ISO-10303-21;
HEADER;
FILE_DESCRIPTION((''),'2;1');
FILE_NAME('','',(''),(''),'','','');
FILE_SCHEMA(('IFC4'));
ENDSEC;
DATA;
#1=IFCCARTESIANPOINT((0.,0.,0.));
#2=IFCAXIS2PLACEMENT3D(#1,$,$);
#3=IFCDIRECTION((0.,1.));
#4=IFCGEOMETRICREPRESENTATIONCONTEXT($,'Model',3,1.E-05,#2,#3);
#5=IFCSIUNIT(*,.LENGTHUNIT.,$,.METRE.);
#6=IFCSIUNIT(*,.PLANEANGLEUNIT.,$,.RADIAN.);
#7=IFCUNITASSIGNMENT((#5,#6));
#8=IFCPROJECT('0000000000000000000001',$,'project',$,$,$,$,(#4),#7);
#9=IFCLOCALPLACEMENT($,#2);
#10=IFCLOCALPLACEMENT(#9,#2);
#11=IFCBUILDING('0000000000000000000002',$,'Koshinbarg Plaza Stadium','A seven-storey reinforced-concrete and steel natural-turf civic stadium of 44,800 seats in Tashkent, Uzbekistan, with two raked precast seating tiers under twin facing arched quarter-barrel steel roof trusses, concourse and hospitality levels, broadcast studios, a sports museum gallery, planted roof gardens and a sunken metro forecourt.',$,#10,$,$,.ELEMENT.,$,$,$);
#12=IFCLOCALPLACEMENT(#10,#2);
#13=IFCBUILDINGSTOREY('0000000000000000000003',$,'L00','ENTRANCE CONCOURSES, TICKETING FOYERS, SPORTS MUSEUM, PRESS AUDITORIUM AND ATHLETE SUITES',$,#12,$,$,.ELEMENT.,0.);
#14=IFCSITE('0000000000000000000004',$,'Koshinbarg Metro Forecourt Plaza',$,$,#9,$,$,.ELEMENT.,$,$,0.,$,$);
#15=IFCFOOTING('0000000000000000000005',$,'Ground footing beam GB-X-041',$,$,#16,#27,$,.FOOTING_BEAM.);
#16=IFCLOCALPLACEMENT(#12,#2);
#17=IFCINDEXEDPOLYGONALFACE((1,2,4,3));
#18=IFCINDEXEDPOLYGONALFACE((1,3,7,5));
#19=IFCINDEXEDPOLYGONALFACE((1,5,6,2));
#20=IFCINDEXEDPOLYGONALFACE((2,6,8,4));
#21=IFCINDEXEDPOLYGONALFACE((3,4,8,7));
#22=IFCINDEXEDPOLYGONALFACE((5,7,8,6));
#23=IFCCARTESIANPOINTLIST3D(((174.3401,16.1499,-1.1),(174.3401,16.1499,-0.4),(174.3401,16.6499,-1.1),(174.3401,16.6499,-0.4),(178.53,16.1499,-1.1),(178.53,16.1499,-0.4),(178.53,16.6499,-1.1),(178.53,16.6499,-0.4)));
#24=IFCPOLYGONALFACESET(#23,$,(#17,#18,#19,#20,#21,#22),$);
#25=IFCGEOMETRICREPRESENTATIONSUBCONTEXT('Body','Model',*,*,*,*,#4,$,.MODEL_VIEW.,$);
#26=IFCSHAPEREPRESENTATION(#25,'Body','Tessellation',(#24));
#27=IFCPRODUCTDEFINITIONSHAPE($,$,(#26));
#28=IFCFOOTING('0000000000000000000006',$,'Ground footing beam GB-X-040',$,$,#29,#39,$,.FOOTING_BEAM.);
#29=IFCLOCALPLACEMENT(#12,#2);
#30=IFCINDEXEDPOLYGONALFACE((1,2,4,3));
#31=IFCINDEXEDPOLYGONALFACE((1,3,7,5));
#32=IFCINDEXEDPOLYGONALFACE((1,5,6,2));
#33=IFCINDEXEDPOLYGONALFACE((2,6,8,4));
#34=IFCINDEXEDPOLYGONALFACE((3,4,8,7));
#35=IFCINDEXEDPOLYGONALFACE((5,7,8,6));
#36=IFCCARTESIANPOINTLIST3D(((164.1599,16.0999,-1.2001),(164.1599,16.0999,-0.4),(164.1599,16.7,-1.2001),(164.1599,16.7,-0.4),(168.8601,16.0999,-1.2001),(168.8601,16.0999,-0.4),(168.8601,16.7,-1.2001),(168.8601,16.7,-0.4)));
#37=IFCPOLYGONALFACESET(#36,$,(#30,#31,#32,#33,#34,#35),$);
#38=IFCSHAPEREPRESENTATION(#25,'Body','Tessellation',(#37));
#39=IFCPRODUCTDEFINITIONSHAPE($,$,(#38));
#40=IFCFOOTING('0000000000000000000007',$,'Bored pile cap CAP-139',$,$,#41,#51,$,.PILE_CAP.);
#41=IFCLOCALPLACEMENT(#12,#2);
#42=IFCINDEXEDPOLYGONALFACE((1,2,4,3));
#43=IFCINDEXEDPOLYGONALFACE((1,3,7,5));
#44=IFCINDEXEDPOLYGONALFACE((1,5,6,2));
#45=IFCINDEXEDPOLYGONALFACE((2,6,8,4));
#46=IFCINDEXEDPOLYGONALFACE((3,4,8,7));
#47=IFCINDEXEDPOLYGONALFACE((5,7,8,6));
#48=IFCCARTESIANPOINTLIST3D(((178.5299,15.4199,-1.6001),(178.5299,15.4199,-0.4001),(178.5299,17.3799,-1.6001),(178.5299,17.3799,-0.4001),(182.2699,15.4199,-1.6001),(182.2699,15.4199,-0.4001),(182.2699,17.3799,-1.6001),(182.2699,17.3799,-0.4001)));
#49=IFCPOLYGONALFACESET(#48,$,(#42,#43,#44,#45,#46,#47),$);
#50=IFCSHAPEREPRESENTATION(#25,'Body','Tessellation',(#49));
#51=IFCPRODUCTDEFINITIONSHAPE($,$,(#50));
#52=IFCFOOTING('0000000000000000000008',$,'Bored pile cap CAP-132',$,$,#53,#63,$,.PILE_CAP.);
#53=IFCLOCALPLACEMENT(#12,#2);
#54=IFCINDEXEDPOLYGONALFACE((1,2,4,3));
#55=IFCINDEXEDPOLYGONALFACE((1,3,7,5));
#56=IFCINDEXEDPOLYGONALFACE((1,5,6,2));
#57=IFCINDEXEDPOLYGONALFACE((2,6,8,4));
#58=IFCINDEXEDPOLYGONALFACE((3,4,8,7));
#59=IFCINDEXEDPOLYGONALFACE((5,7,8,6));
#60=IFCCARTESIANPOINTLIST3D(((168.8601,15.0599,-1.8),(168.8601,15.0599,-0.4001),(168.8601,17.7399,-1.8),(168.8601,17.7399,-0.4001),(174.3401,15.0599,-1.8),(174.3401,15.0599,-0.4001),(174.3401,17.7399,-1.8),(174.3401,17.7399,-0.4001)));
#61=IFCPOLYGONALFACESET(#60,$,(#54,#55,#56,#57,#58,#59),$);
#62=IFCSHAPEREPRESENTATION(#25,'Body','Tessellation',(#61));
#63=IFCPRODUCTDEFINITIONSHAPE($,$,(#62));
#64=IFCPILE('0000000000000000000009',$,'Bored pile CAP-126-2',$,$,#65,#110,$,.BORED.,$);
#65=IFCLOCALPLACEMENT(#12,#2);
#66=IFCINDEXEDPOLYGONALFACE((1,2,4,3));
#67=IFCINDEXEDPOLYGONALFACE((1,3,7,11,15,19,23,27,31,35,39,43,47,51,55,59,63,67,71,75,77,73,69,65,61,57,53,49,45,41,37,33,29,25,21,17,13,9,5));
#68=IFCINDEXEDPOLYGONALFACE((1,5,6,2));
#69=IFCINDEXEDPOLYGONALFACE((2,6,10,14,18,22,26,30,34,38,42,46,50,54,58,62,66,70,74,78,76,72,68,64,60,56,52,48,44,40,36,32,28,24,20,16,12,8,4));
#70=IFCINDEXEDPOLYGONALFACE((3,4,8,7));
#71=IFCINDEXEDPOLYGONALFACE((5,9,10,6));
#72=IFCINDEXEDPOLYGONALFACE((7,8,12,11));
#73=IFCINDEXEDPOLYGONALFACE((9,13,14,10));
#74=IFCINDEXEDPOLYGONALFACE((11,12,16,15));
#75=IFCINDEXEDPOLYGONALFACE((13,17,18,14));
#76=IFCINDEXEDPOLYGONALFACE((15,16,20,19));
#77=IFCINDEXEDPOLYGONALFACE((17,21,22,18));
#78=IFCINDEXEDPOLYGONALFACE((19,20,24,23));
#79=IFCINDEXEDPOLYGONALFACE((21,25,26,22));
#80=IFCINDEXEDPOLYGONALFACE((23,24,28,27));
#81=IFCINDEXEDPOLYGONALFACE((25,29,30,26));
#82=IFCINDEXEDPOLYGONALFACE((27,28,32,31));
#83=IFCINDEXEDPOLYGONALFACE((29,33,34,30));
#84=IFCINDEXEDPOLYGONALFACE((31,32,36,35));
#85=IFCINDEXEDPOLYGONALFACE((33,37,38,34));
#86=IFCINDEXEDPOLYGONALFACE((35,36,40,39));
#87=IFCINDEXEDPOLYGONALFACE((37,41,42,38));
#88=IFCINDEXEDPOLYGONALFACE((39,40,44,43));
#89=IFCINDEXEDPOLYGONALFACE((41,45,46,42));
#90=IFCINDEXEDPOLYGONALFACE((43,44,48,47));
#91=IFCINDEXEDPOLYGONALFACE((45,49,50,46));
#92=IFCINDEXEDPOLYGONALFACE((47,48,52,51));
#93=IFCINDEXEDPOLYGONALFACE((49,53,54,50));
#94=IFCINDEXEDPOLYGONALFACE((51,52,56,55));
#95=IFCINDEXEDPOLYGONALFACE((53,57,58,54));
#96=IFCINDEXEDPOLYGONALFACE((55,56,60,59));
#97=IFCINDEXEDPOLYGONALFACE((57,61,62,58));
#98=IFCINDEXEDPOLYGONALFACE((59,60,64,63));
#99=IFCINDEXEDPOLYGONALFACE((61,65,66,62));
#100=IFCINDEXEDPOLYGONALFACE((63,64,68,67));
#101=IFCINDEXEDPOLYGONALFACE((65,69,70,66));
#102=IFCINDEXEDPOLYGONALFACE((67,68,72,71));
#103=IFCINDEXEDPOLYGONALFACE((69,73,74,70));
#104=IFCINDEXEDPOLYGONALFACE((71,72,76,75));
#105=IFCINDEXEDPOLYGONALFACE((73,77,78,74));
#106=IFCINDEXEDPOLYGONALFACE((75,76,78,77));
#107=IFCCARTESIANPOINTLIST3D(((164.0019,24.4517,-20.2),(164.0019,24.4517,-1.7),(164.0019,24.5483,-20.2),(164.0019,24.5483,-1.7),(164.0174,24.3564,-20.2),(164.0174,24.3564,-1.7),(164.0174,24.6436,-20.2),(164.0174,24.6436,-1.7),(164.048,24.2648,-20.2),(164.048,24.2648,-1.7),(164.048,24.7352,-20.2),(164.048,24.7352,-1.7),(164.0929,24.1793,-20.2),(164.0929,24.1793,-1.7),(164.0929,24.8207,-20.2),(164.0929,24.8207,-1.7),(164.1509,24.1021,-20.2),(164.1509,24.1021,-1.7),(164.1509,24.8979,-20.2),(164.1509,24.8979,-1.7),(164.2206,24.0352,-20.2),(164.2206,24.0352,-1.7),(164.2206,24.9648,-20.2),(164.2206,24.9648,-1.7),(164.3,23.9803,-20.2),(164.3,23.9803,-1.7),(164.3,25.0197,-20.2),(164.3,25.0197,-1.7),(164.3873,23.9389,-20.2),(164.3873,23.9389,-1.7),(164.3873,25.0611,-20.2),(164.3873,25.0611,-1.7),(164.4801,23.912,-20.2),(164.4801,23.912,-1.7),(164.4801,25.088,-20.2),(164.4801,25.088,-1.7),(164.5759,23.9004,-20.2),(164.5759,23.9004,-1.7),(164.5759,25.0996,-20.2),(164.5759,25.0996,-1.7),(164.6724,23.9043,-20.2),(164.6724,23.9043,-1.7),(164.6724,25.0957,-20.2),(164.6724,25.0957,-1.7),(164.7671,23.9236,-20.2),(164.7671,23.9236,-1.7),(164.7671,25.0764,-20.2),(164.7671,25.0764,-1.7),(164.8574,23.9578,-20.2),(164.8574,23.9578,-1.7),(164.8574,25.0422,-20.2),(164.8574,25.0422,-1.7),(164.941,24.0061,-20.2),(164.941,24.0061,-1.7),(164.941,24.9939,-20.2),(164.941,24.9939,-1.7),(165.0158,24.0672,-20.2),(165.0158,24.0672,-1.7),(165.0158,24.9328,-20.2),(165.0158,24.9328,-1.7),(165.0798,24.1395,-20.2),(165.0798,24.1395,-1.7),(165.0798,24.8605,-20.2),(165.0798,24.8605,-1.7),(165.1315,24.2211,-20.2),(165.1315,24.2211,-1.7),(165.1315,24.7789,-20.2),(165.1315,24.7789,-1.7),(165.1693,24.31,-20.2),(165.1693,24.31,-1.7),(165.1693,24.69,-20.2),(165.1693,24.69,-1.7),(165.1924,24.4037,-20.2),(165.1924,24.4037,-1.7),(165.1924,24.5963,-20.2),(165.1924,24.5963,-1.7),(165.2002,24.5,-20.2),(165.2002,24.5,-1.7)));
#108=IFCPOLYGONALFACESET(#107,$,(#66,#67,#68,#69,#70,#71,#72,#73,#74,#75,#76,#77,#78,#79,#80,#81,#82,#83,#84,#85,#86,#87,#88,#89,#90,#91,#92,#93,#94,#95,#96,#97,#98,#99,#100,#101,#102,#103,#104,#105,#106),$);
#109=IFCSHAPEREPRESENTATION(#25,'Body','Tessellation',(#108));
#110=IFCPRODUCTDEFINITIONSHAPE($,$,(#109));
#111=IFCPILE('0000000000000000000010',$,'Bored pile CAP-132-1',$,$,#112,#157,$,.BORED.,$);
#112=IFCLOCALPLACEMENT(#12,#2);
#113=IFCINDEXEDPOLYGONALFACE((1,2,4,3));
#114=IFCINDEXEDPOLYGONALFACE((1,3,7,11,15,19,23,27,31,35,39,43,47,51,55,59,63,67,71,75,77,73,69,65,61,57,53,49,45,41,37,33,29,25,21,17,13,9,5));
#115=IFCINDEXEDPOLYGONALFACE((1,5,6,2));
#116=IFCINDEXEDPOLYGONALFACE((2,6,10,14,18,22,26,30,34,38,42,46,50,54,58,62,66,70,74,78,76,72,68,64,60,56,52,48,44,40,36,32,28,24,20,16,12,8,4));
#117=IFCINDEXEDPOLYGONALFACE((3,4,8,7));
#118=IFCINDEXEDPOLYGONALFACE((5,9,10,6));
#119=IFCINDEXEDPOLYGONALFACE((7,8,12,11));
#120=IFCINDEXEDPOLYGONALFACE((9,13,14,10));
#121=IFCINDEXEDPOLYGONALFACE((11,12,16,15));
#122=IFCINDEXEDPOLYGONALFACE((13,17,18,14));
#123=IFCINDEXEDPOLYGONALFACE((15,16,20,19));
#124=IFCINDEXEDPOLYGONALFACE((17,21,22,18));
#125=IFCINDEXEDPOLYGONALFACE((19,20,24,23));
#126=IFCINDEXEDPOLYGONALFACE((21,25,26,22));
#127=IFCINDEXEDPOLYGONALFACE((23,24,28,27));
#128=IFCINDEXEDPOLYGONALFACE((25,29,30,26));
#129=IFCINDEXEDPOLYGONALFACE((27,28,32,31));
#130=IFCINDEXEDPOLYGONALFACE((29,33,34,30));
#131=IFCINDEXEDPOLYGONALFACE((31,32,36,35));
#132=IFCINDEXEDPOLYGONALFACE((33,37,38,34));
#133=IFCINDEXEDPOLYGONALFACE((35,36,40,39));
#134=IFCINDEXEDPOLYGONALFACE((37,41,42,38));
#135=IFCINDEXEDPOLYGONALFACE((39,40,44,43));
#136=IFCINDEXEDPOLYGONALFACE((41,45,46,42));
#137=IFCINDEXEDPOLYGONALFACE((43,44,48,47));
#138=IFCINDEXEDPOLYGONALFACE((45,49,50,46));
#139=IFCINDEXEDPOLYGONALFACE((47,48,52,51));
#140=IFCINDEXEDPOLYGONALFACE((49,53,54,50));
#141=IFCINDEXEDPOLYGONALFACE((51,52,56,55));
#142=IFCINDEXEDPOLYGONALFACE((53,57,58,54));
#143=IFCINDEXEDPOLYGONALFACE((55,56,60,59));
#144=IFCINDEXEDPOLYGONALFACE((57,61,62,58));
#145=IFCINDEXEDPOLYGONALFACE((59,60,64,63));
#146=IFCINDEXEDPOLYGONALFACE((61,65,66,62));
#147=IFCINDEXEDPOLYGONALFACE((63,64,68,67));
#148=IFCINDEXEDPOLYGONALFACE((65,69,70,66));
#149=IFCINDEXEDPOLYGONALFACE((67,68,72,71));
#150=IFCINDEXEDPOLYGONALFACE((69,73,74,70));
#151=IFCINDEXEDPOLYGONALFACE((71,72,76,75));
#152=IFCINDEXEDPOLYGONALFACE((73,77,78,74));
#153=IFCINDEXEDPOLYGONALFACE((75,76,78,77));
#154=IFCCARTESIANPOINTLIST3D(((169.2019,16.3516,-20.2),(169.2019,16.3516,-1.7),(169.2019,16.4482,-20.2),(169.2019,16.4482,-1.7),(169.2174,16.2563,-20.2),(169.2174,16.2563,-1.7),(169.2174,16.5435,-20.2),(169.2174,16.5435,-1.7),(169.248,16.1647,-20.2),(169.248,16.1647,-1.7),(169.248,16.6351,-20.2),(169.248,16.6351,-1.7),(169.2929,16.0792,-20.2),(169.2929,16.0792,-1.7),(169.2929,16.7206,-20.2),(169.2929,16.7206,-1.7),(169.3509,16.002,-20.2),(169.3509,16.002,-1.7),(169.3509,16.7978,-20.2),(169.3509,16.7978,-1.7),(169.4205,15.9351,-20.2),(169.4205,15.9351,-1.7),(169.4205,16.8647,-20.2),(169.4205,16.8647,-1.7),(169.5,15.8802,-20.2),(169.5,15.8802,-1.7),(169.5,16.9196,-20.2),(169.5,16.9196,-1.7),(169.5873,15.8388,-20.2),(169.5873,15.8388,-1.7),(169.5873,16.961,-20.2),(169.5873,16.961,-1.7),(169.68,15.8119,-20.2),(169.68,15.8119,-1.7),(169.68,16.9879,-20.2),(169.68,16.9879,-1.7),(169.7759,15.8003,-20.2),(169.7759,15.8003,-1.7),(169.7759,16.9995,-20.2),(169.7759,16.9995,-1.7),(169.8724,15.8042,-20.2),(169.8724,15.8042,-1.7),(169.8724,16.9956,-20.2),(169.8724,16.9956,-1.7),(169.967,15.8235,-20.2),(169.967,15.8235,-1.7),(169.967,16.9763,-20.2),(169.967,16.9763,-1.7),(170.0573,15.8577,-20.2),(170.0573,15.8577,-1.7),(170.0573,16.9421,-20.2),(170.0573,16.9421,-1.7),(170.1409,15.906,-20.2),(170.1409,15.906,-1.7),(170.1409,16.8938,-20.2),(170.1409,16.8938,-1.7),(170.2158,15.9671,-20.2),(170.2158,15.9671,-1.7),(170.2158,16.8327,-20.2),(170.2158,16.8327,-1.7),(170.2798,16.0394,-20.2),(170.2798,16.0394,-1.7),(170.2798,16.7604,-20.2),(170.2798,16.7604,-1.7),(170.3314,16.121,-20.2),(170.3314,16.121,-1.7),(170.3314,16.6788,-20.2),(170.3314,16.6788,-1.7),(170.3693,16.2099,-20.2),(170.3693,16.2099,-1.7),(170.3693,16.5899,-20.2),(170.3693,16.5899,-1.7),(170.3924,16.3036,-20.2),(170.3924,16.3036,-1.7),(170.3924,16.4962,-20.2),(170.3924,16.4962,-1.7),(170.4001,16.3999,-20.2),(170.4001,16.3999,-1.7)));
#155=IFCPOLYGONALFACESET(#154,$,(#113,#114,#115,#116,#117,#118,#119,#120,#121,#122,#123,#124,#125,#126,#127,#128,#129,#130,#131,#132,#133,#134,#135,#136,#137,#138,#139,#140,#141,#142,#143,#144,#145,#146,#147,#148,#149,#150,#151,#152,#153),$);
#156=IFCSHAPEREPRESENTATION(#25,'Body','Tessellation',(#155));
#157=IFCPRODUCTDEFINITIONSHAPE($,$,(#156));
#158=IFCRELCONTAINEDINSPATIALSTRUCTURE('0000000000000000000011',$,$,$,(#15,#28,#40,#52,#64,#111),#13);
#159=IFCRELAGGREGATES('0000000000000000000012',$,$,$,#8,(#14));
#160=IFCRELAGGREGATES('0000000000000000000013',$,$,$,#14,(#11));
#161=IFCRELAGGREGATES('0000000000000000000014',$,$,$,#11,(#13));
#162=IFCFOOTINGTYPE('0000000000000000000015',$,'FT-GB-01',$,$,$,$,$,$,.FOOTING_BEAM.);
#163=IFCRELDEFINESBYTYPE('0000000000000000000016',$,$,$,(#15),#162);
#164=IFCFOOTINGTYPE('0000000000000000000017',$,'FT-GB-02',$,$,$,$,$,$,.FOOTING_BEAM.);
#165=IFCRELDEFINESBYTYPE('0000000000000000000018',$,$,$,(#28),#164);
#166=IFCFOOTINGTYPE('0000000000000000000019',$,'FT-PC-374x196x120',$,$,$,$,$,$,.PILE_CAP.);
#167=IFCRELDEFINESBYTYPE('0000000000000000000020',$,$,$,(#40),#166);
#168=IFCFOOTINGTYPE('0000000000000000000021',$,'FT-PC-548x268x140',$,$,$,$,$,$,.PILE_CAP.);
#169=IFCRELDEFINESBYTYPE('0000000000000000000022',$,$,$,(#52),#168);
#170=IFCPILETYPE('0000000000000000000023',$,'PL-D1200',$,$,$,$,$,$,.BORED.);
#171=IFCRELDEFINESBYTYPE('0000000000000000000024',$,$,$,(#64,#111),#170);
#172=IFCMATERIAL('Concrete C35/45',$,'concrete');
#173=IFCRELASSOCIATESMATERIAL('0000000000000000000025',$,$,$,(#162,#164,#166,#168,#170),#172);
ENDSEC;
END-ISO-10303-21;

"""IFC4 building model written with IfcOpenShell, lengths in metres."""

from ifc_helpers import new_model, si_unit, direction, frame, origin, origin_2d, place, context, subcontext, project, spatial, rectangle, circle, extrude, material, material_profile, profile_set, type_object, element, save


model = new_model("IFC4")

# Units and contexts
model_context = context("Model", 3, precision=1e-05, world=origin(), true_north=direction((0.0, 1.0)))
body_context = subcontext(model_context, "Body", "Model", "MODEL_VIEW")
ifc_project = project(units=[si_unit("LENGTHUNIT", "METRE"), si_unit("PLANEANGLEUNIT", "RADIAN")], contexts=[model_context])

# Site, building, storey
site_placement = place(None, origin())
site = spatial("IfcSite", under=ifc_project, at=site_placement, Name="Koshinbarg Metro Forecourt Plaza", CompositionType="ELEMENT", RefElevation=0.0)
building_placement = place(site_placement, origin())
building = spatial("IfcBuilding", under=site, at=building_placement, Name="Koshinbarg Plaza Stadium", Description="A seven-storey reinforced-concrete and steel natural-turf civic stadium of 44,800 seats in Tashkent, Uzbekistan, with two raked precast seating tiers under twin facing arched quarter-barrel steel roof trusses, concourse and hospitality levels, broadcast studios, a sports museum gallery, planted roof gardens and a sunken metro forecourt.", CompositionType="ELEMENT")
storey_placement = place(building_placement, origin())
storey = spatial("IfcBuildingStorey", under=building, at=storey_placement, Name="L00", Description="ENTRANCE CONCOURSES, TICKETING FOYERS, SPORTS MUSEUM, PRESS AUDITORIUM AND ATHLETE SUITES", CompositionType="ELEMENT", Elevation=0.0)

# Footings
ifc_material_1 = material(Name="Concrete C35/45", Category="concrete")
ifc_material_profile_1 = material_profile(ifc_material_1, rectangle(XDim=0.5, YDim=0.7, at=origin_2d()), Name="GB 500x700")
ifc_profile_set_1 = profile_set([ifc_material_profile_1], Name="Concrete C35/45")
footing_type_1 = type_object("IfcFootingType", Name="FT-GB-01", PredefinedType="FOOTING_BEAM", material=ifc_profile_set_1)
footing_1_placement = place(storey_placement, frame((174.3401, 16.3999, -0.75), z_axis=(1.0, 0.0, 0.0), x_axis=(0.0, 1.0, 0.0)))
element("IfcFooting", 1, at=footing_1_placement, inside=storey, type_object=footing_type_1, Name="Ground footing beam GB-X-041", PredefinedType="FOOTING_BEAM", context=body_context, shape_type="SweptSolid", body=[
    extrude(rectangle(XDim=0.5, YDim=0.7, at=origin_2d()), origin(), (0.0, 0.0, 1.0), 4.1899),
])
ifc_material_profile_2 = material_profile(ifc_material_1, rectangle(XDim=0.6001, YDim=0.8, at=origin_2d()), Name="GB 600x800")
ifc_profile_set_2 = profile_set([ifc_material_profile_2], Name="Concrete C35/45")
footing_type_2 = type_object("IfcFootingType", Name="FT-GB-02", PredefinedType="FOOTING_BEAM", material=ifc_profile_set_2)
footing_2_placement = place(storey_placement, frame((164.1599, 16.3999, -0.8), z_axis=(1.0, 0.0, 0.0), x_axis=(0.0, 1.0, 0.0)))
element("IfcFooting", 2, at=footing_2_placement, inside=storey, type_object=footing_type_2, Name="Ground footing beam GB-X-040", PredefinedType="FOOTING_BEAM", context=body_context, shape_type="SweptSolid", body=[
    extrude(rectangle(XDim=0.6001, YDim=0.8, at=origin_2d()), origin(), (0.0, 0.0, 1.0), 4.7002),
])
footing_type_3 = type_object("IfcFootingType", Name="FT-PC-374x196x120", PredefinedType="PILE_CAP", material=ifc_material_1)
footing_3_placement = place(storey_placement, frame((180.3999, 16.3999, -1.6001), z_axis=(0.0, 0.0, 1.0), x_axis=(1.0, 0.0, 0.0)))
element("IfcFooting", 3, at=footing_3_placement, inside=storey, type_object=footing_type_3, Name="Bored pile cap CAP-139", PredefinedType="PILE_CAP", context=body_context, shape_type="SweptSolid", body=[
    extrude(rectangle(XDim=3.74, YDim=1.96, at=origin_2d()), origin(), (0.0, 0.0, 1.0), 1.2),
])
footing_type_4 = type_object("IfcFootingType", Name="FT-PC-548x268x140", PredefinedType="PILE_CAP", material=ifc_material_1)
footing_4_placement = place(storey_placement, frame((171.6001, 16.3999, -1.8), z_axis=(0.0, 0.0, 1.0), x_axis=(1.0, 0.0, 0.0)))
element("IfcFooting", 4, at=footing_4_placement, inside=storey, type_object=footing_type_4, Name="Bored pile cap CAP-132", PredefinedType="PILE_CAP", context=body_context, shape_type="SweptSolid", body=[
    extrude(rectangle(XDim=5.48, YDim=2.6799, at=origin_2d()), origin(), (0.0, 0.0, 1.0), 1.3999),
])

# Piles
ifc_material_profile_3 = material_profile(ifc_material_1, circle(Radius=0.6001, at=origin_2d()), Name="PILE D1200")
ifc_profile_set_3 = profile_set([ifc_material_profile_3], Name="Concrete C35/45")
pile_type_1 = type_object("IfcPileType", Name="PL-D1200", PredefinedType="BORED", material=ifc_profile_set_3)
for number, where, z_axis, x_axis, name in (
    (5, (164.6001, 24.5, -1.7), (0.0, 0.0, -1.0), (1.0, 0.0, 0.0), "Bored pile CAP-126-2"),
    (6, (169.8, 16.3999, -1.7), (0.0, 0.0, -1.0), (1.0, 0.0, 0.0), "Bored pile CAP-132-1"),
):
    element("IfcPile", number, at=place(storey_placement, frame(where, z_axis=z_axis, x_axis=x_axis)), inside=storey, type_object=pile_type_1, Name=name, PredefinedType="BORED", context=body_context, shape_type="SweptSolid", body=[
        extrude(circle(Radius=0.6001, at=origin_2d()), origin(), (0.0, 0.0, 1.0), 18.5),
    ])

save(model, "model.ifc")
